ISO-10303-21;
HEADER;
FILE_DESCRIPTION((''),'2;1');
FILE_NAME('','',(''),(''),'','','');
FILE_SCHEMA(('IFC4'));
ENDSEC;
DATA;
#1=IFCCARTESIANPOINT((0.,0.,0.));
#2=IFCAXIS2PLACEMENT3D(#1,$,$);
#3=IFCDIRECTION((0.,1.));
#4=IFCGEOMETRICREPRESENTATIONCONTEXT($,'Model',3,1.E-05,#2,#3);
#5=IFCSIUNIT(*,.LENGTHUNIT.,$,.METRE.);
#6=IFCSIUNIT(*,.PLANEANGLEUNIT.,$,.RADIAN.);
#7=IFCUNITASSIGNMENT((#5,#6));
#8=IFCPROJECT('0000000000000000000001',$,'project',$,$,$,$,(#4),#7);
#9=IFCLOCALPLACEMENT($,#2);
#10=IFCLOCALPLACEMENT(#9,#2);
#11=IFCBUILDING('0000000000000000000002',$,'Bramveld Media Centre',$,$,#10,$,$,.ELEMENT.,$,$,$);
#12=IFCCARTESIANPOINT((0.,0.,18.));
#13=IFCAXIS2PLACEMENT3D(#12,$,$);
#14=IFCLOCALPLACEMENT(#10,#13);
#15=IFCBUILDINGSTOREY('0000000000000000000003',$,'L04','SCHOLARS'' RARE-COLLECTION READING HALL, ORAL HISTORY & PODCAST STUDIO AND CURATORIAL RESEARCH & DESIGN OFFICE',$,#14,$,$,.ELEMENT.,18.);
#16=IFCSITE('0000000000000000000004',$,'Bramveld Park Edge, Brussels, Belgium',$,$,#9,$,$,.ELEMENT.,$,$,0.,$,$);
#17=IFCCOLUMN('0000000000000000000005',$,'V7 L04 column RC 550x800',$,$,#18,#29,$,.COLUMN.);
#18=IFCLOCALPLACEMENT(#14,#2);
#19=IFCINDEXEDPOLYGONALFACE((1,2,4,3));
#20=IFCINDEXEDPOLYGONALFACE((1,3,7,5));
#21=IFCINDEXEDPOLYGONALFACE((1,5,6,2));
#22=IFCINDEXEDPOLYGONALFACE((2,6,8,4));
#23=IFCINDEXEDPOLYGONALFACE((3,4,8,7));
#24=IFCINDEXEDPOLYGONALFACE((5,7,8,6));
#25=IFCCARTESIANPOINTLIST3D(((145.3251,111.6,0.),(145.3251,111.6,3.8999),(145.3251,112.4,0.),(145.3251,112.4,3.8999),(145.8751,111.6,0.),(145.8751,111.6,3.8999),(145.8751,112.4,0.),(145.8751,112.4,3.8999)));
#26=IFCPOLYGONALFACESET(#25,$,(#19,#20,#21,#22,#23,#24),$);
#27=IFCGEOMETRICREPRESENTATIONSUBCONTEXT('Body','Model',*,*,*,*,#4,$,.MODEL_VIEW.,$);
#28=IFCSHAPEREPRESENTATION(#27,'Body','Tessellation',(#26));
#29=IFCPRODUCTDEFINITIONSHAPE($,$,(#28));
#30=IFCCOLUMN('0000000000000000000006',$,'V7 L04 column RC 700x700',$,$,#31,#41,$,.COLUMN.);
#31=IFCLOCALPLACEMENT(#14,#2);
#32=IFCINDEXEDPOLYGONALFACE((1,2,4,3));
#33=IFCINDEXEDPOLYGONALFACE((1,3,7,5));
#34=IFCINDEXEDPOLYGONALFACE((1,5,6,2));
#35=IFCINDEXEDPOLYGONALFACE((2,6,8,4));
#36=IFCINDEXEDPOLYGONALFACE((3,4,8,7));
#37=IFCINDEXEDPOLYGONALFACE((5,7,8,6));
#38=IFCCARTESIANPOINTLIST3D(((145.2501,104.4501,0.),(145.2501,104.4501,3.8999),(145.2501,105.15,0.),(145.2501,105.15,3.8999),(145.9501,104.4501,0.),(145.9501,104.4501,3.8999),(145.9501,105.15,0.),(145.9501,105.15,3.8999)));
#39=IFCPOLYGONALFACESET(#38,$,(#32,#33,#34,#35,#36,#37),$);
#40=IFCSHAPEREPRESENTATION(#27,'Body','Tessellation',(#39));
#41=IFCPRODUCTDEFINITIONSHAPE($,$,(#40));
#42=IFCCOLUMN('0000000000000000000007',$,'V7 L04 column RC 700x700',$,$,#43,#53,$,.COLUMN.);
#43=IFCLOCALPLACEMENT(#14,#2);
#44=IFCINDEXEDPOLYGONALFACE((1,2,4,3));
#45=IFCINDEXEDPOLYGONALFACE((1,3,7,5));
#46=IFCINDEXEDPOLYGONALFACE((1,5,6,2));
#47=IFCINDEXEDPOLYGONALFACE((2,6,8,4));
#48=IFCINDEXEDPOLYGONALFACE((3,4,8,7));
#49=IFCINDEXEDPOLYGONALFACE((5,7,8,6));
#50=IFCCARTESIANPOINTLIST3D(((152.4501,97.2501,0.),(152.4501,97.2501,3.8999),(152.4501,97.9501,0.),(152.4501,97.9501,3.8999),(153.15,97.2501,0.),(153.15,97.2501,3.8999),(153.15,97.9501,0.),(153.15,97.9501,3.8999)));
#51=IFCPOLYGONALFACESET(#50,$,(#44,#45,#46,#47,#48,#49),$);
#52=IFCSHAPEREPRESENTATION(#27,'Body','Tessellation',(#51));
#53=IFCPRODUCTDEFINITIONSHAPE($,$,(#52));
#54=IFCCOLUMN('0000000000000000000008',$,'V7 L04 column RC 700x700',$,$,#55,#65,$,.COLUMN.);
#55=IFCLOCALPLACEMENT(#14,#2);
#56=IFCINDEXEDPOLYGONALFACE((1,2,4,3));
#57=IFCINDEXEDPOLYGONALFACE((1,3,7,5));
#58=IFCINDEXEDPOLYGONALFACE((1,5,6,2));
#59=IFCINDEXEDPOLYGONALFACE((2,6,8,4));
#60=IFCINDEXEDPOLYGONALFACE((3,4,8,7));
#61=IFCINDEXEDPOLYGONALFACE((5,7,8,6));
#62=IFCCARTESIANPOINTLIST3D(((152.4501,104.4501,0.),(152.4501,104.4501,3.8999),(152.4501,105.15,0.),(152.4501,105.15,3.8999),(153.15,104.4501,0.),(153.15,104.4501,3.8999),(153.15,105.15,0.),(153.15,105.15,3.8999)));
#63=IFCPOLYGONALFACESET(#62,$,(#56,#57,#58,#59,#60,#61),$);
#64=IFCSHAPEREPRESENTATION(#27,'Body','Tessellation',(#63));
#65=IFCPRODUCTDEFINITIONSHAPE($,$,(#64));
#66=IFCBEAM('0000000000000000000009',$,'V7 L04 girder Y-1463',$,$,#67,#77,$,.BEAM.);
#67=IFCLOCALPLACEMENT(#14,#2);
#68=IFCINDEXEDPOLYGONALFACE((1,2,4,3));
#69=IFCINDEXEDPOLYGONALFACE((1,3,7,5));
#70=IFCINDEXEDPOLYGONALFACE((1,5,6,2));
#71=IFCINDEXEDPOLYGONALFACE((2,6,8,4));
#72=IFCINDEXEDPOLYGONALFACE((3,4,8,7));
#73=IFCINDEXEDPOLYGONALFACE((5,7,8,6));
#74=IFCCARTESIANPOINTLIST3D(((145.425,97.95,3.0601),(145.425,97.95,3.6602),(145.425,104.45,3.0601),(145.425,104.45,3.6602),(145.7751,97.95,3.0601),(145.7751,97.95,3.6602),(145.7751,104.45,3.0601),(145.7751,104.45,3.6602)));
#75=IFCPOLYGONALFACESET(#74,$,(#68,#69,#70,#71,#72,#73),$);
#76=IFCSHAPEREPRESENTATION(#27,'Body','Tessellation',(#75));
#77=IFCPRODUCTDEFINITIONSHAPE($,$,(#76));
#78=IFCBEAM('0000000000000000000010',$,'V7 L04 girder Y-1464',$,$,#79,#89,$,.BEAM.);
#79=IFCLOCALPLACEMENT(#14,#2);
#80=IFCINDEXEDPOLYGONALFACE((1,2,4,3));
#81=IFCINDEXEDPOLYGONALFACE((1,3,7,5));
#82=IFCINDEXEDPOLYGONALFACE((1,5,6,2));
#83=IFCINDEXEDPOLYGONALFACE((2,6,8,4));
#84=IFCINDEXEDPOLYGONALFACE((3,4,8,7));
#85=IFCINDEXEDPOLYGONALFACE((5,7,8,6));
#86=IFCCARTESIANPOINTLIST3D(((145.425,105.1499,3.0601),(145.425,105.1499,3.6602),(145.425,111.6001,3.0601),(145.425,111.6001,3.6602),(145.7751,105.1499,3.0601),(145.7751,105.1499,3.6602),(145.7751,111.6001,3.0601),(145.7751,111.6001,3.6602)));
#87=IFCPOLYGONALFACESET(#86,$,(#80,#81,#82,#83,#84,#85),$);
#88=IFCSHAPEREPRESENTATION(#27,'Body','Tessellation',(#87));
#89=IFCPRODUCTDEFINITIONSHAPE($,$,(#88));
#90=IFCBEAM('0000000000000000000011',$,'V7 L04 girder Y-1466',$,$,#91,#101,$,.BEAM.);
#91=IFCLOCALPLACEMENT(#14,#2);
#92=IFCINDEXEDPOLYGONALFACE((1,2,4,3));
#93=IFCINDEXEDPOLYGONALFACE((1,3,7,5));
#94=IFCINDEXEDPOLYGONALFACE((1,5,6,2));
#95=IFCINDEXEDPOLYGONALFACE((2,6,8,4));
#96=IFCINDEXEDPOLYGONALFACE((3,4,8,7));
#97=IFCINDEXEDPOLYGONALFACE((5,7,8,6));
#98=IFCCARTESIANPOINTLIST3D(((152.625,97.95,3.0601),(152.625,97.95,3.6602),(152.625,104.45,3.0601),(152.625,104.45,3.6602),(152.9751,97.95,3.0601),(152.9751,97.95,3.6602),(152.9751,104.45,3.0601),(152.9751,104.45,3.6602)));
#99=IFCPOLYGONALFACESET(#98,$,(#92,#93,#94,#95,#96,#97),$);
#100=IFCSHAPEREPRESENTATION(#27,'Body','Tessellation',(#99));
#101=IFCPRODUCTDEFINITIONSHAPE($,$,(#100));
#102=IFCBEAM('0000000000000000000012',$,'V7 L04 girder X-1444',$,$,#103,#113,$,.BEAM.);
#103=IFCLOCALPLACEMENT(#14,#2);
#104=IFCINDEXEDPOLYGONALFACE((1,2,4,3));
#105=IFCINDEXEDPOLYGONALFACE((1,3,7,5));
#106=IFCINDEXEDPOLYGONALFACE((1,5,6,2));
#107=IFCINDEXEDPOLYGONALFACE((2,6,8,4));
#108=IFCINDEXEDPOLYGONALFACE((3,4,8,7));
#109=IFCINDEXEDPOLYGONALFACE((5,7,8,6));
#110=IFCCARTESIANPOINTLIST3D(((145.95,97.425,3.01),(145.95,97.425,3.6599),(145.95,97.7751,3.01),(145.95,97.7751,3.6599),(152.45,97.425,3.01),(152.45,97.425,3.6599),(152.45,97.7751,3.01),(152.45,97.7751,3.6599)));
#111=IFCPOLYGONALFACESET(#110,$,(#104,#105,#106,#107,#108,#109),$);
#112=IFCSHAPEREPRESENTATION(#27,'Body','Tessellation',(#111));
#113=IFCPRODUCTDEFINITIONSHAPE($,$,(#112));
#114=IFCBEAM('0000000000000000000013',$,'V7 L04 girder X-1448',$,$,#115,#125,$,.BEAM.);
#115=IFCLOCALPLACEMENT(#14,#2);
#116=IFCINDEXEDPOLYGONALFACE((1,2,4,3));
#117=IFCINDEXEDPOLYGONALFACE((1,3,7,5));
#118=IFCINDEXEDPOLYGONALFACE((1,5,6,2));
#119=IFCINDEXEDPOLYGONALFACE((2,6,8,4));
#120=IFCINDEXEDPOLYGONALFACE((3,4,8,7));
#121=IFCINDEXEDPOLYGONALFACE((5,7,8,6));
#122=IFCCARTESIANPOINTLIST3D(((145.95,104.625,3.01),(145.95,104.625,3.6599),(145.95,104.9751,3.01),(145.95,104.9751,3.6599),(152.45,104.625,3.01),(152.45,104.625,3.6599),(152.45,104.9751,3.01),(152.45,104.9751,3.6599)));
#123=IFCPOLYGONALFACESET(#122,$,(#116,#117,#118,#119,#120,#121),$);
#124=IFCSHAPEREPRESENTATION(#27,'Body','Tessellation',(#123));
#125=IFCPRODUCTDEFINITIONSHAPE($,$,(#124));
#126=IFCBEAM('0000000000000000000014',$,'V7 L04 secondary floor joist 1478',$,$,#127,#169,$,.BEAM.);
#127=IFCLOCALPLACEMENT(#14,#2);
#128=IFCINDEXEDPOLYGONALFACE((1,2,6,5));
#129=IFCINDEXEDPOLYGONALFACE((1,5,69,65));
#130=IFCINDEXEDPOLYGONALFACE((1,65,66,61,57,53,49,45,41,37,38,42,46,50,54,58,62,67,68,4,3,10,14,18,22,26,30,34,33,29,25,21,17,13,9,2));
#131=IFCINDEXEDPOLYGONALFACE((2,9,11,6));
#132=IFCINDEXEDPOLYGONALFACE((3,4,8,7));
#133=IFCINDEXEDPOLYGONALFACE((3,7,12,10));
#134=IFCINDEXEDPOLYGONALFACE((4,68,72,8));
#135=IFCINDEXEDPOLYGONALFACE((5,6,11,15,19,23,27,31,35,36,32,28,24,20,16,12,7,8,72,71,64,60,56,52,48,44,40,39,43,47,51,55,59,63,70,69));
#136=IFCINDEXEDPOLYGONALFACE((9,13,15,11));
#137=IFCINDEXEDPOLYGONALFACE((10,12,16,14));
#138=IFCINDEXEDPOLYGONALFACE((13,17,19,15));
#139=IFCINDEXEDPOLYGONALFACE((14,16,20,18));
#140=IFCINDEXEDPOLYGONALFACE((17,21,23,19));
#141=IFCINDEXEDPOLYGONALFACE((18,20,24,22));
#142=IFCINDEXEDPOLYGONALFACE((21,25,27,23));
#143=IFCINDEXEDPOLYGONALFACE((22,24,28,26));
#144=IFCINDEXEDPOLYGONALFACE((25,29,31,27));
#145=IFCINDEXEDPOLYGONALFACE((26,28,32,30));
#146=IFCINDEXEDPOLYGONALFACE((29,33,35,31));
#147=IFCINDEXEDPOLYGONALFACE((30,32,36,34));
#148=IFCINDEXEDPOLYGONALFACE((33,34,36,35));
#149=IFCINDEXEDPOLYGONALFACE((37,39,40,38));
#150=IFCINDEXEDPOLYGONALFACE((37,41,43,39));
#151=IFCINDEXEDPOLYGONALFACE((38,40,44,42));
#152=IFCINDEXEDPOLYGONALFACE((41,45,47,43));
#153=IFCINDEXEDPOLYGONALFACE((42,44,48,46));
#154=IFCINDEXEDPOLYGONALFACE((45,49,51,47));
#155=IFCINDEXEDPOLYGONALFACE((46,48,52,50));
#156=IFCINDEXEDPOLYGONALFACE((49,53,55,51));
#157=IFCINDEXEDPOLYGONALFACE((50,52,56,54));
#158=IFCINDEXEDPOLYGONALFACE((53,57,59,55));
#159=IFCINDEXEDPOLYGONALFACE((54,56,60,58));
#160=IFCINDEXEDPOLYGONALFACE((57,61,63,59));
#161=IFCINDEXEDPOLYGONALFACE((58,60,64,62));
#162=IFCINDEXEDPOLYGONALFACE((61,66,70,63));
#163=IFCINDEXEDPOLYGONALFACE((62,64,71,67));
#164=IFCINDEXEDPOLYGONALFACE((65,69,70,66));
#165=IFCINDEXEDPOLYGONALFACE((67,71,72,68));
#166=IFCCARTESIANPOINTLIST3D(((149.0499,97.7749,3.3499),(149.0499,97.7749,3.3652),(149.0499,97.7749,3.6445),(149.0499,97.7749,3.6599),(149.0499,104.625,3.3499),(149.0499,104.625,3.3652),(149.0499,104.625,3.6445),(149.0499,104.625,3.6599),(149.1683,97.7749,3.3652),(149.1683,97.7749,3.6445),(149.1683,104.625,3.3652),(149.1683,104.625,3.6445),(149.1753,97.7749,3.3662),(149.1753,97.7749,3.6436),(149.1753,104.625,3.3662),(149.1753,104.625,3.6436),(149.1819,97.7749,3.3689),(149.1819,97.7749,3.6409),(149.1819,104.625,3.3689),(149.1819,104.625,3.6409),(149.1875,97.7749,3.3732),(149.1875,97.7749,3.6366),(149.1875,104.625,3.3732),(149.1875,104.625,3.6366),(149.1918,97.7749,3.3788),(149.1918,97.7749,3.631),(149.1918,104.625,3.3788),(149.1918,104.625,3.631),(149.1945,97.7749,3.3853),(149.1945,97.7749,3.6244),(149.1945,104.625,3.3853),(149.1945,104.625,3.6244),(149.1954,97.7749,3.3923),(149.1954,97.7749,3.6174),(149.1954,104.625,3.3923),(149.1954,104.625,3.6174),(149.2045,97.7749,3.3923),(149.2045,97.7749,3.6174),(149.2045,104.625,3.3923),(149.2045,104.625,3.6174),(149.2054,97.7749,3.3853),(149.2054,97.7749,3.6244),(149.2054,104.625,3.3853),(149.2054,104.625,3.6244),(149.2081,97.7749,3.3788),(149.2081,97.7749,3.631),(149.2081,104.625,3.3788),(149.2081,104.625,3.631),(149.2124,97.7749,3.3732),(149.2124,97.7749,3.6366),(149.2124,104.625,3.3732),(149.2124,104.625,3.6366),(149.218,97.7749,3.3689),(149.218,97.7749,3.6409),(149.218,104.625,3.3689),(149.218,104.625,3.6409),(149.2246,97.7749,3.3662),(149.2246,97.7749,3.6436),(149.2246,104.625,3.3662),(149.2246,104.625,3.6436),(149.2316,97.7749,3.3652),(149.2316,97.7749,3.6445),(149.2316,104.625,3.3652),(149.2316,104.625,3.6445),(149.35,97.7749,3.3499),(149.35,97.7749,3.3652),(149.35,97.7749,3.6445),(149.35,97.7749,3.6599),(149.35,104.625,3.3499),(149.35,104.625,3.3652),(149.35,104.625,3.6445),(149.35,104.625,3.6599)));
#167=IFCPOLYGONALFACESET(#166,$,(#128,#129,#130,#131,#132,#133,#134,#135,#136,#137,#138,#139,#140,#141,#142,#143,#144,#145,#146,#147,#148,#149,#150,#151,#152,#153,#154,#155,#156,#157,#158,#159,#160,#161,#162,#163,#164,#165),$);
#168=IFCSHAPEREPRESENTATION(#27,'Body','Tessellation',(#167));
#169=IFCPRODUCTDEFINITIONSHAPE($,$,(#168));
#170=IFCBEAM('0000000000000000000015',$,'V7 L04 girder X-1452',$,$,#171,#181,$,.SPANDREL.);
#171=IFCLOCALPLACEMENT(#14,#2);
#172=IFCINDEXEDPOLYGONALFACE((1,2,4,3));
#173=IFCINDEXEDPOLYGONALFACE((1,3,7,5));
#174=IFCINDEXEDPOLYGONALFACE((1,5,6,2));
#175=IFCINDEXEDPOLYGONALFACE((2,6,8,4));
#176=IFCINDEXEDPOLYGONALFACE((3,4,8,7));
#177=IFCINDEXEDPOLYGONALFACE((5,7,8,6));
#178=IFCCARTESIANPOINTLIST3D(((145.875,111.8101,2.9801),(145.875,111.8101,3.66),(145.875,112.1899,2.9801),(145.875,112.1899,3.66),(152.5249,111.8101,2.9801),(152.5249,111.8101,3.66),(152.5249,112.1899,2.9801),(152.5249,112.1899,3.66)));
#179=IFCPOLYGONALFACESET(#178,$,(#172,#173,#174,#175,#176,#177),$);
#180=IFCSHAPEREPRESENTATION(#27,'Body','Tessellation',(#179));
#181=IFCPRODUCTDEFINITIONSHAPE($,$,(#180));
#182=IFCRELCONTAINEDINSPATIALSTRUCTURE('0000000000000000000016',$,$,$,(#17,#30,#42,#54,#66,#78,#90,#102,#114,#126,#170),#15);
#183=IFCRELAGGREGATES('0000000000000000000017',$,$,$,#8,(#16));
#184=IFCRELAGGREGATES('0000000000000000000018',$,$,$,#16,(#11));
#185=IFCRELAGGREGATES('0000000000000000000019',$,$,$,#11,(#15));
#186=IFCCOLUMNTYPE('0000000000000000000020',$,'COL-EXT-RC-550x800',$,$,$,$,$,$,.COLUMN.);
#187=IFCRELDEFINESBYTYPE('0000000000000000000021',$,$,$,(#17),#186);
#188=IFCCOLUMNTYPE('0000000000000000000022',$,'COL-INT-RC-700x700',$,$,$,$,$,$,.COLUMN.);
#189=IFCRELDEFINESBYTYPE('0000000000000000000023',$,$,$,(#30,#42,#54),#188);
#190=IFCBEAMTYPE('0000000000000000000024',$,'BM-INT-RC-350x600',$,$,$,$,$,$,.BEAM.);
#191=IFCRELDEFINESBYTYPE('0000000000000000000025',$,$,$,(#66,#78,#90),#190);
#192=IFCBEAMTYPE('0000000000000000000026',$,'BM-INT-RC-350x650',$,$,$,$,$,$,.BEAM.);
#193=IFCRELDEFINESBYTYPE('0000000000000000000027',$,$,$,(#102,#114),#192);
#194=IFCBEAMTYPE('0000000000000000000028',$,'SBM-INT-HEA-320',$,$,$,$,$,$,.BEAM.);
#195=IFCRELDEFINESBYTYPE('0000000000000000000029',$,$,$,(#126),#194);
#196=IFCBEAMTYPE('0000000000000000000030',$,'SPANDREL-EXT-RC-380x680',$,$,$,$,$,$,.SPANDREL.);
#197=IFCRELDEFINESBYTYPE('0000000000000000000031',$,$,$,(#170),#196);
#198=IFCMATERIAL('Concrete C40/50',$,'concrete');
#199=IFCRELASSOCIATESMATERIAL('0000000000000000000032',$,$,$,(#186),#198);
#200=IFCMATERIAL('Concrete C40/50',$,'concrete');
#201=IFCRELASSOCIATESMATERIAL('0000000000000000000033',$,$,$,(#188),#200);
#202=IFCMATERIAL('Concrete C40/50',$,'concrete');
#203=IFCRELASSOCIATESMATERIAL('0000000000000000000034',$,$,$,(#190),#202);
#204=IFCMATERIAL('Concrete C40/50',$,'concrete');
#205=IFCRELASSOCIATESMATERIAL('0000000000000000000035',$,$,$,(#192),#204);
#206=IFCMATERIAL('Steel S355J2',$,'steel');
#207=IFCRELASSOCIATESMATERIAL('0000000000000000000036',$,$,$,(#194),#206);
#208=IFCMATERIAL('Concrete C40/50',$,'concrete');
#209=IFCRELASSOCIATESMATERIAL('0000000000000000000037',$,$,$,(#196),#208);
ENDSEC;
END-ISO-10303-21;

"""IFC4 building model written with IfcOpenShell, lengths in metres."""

from ifc_helpers import new_model, si_unit, direction, frame, origin, origin_2d, place, context, subcontext, project, spatial, rectangle, i_section, extrude, material, material_profile, profile_set, type_object, element, save


model = new_model("IFC4")

# Units and contexts
model_context = context("Model", 3, precision=1e-05, world=origin(), true_north=direction((0.0, 1.0)))
body_context = subcontext(model_context, "Body", "Model", "MODEL_VIEW")
ifc_project = project(units=[si_unit("LENGTHUNIT", "METRE"), si_unit("PLANEANGLEUNIT", "RADIAN")], contexts=[model_context])

# Site, building, storey
site_placement = place(None, origin())
site = spatial("IfcSite", under=ifc_project, at=site_placement, Name="Bramveld Park Edge, Brussels, Belgium", CompositionType="ELEMENT", RefElevation=0.0)
building_placement = place(site_placement, origin())
building = spatial("IfcBuilding", under=site, at=building_placement, Name="Bramveld Media Centre", CompositionType="ELEMENT")
storey_placement = place(building_placement, frame((0.0, 0.0, 18.0)))
storey = spatial("IfcBuildingStorey", under=building, at=storey_placement, Name="L04", Description="SCHOLARS' RARE-COLLECTION READING HALL, ORAL HISTORY & PODCAST STUDIO AND CURATORIAL RESEARCH & DESIGN OFFICE", CompositionType="ELEMENT", Elevation=18.0)

# Columns
ifc_material_1 = material(Name="Concrete C40/50", Category="concrete")
ifc_material_profile_1 = material_profile(ifc_material_1, rectangle(XDim=0.55, YDim=0.8, at=origin_2d()), Name="RC 550x800")
ifc_profile_set_1 = profile_set([ifc_material_profile_1], Name="Concrete C40/50")
column_type_1 = type_object("IfcColumnType", Name="COL-EXT-RC-550x800", PredefinedType="COLUMN", material=ifc_profile_set_1)
column_placement = place(storey_placement, frame((145.6001, 112.0, 0.0), z_axis=(0.0, 0.0, 1.0), x_axis=(1.0, 0.0, 0.0)))
element("IfcColumn", 1, at=column_placement, inside=storey, type_object=column_type_1, Name="V7 L04 column RC 550x800", PredefinedType="COLUMN", context=body_context, shape_type="SweptSolid", body=[
    extrude(rectangle(XDim=0.55, YDim=0.8, at=origin_2d()), origin(), (0.0, 0.0, 1.0), 3.8999),
])
ifc_material_2 = material(Name="Concrete C40/50", Category="concrete")
ifc_material_profile_2 = material_profile(ifc_material_2, rectangle(XDim=0.7, YDim=0.7, at=origin_2d()), Name="RC 700x700")
ifc_profile_set_2 = profile_set([ifc_material_profile_2], Name="Concrete C40/50")
column_type_2 = type_object("IfcColumnType", Name="COL-INT-RC-700x700", PredefinedType="COLUMN", material=ifc_profile_set_2)
for number, where, z_axis, x_axis, name in (
    (2, (145.6001, 104.8, 0.0), (0.0, 0.0, 1.0), (1.0, 0.0, 0.0), "V7 L04 column RC 700x700"),
    (3, (152.8, 97.6001, 0.0), (0.0, 0.0, 1.0), (1.0, 0.0, 0.0), "V7 L04 column RC 700x700"),
    (4, (152.8, 104.8, 0.0), (0.0, 0.0, 1.0), (1.0, 0.0, 0.0), "V7 L04 column RC 700x700"),
):
    element("IfcColumn", number, at=place(storey_placement, frame(where, z_axis=z_axis, x_axis=x_axis)), inside=storey, type_object=column_type_2, Name=name, PredefinedType="COLUMN", context=body_context, shape_type="SweptSolid", body=[
        extrude(rectangle(XDim=0.7, YDim=0.7, at=origin_2d()), origin(), (0.0, 0.0, 1.0), 3.8999),
    ])

# Beams
ifc_material_3 = material(Name="Concrete C40/50", Category="concrete")
ifc_material_profile_3 = material_profile(ifc_material_3, rectangle(XDim=0.3501, YDim=0.6001, at=origin_2d()), Name="RC 350x600")
ifc_profile_set_3 = profile_set([ifc_material_profile_3], Name="Concrete C40/50")
beam_type_1 = type_object("IfcBeamType", Name="BM-INT-RC-350x600", PredefinedType="BEAM", material=ifc_profile_set_3)
beam_1_placement = place(storey_placement, frame((145.6001, 97.95, 3.3601), z_axis=(0.0, 1.0, 0.0), x_axis=(-1.0, 0.0, 0.0)))
element("IfcBeam", 5, at=beam_1_placement, inside=storey, type_object=beam_type_1, Name="V7 L04 girder Y-1463", PredefinedType="BEAM", context=body_context, shape_type="SweptSolid", body=[
    extrude(rectangle(XDim=0.3501, YDim=0.6001, at=origin_2d()), origin(), (0.0, 0.0, 1.0), 6.5),
])
beam_2_placement = place(storey_placement, frame((145.6001, 105.1499, 3.3601), z_axis=(0.0, 1.0, 0.0), x_axis=(-1.0, 0.0, 0.0)))
element("IfcBeam", 6, at=beam_2_placement, inside=storey, type_object=beam_type_1, Name="V7 L04 girder Y-1464", PredefinedType="BEAM", context=body_context, shape_type="SweptSolid", body=[
    extrude(rectangle(XDim=0.3501, YDim=0.6001, at=origin_2d()), origin(), (0.0, 0.0, 1.0), 6.4502),
])
beam_3_placement = place(storey_placement, frame((152.8, 97.95, 3.3601), z_axis=(0.0, 1.0, 0.0), x_axis=(-1.0, 0.0, 0.0)))
element("IfcBeam", 7, at=beam_3_placement, inside=storey, type_object=beam_type_1, Name="V7 L04 girder Y-1466", PredefinedType="BEAM", context=body_context, shape_type="SweptSolid", body=[
    extrude(rectangle(XDim=0.3501, YDim=0.6001, at=origin_2d()), origin(), (0.0, 0.0, 1.0), 6.5),
])
ifc_material_4 = material(Name="Concrete C40/50", Category="concrete")
ifc_material_profile_4 = material_profile(ifc_material_4, rectangle(XDim=0.3501, YDim=0.6499, at=origin_2d()), Name="RC 350x650")
ifc_profile_set_4 = profile_set([ifc_material_profile_4], Name="Concrete C40/50")
beam_type_2 = type_object("IfcBeamType", Name="BM-INT-RC-350x650", PredefinedType="BEAM", material=ifc_profile_set_4)
for number, where, z_axis, x_axis, name in (
    (8, (145.95, 97.6001, 3.335), (1.0, 0.0, 0.0), (0.0, 1.0, 0.0), "V7 L04 girder X-1444"),
    (9, (145.95, 104.8, 3.335), (1.0, 0.0, 0.0), (0.0, 1.0, 0.0), "V7 L04 girder X-1448"),
):
    element("IfcBeam", number, at=place(storey_placement, frame(where, z_axis=z_axis, x_axis=x_axis)), inside=storey, type_object=beam_type_2, Name=name, PredefinedType="BEAM", context=body_context, shape_type="SweptSolid", body=[
        extrude(rectangle(XDim=0.3501, YDim=0.6499, at=origin_2d()), origin(), (0.0, 0.0, 1.0), 6.5),
    ])
ifc_material_5 = material(Name="Steel S355J2", Category="steel")
ifc_material_profile_5 = material_profile(ifc_material_5, i_section(OverallWidth=0.3, OverallDepth=0.3101, WebThickness=0.009, FlangeThickness=0.0154, FilletRadius=0.0271, at=origin_2d()), Name="HEA 320")
ifc_profile_set_5 = profile_set([ifc_material_profile_5], Name="Steel S355J2")
beam_type_3 = type_object("IfcBeamType", Name="SBM-INT-HEA-320", PredefinedType="BEAM", material=ifc_profile_set_5)
beam_4_placement = place(storey_placement, frame((149.2, 97.7749, 3.5049), z_axis=(0.0, 1.0, 0.0), x_axis=(-1.0, 0.0, 0.0)))
element("IfcBeam", 10, at=beam_4_placement, inside=storey, type_object=beam_type_3, Name="V7 L04 secondary floor joist 1478", PredefinedType="BEAM", context=body_context, shape_type="SweptSolid", body=[
    extrude(i_section(OverallWidth=0.3, OverallDepth=0.3101, WebThickness=0.009, FlangeThickness=0.0154, FilletRadius=0.0271, at=origin_2d()), origin(), (0.0, 0.0, 1.0), 6.8501),
])
ifc_material_6 = material(Name="Concrete C40/50", Category="concrete")
ifc_material_profile_6 = material_profile(ifc_material_6, rectangle(XDim=0.3799, YDim=0.6799, at=origin_2d()), Name="RC 380x680")
ifc_profile_set_6 = profile_set([ifc_material_profile_6], Name="Concrete C40/50")
beam_type_4 = type_object("IfcBeamType", Name="SPANDREL-EXT-RC-380x680", PredefinedType="SPANDREL", material=ifc_profile_set_6)
beam_5_placement = place(storey_placement, frame((145.875, 112.0, 3.3201), z_axis=(1.0, 0.0, 0.0), x_axis=(0.0, 1.0, 0.0)))
element("IfcBeam", 11, at=beam_5_placement, inside=storey, type_object=beam_type_4, Name="V7 L04 girder X-1452", PredefinedType="SPANDREL", context=body_context, shape_type="SweptSolid", body=[
    extrude(rectangle(XDim=0.3799, YDim=0.6799, at=origin_2d()), origin(), (0.0, 0.0, 1.0), 6.6499),
])

save(model, "model.ifc")
